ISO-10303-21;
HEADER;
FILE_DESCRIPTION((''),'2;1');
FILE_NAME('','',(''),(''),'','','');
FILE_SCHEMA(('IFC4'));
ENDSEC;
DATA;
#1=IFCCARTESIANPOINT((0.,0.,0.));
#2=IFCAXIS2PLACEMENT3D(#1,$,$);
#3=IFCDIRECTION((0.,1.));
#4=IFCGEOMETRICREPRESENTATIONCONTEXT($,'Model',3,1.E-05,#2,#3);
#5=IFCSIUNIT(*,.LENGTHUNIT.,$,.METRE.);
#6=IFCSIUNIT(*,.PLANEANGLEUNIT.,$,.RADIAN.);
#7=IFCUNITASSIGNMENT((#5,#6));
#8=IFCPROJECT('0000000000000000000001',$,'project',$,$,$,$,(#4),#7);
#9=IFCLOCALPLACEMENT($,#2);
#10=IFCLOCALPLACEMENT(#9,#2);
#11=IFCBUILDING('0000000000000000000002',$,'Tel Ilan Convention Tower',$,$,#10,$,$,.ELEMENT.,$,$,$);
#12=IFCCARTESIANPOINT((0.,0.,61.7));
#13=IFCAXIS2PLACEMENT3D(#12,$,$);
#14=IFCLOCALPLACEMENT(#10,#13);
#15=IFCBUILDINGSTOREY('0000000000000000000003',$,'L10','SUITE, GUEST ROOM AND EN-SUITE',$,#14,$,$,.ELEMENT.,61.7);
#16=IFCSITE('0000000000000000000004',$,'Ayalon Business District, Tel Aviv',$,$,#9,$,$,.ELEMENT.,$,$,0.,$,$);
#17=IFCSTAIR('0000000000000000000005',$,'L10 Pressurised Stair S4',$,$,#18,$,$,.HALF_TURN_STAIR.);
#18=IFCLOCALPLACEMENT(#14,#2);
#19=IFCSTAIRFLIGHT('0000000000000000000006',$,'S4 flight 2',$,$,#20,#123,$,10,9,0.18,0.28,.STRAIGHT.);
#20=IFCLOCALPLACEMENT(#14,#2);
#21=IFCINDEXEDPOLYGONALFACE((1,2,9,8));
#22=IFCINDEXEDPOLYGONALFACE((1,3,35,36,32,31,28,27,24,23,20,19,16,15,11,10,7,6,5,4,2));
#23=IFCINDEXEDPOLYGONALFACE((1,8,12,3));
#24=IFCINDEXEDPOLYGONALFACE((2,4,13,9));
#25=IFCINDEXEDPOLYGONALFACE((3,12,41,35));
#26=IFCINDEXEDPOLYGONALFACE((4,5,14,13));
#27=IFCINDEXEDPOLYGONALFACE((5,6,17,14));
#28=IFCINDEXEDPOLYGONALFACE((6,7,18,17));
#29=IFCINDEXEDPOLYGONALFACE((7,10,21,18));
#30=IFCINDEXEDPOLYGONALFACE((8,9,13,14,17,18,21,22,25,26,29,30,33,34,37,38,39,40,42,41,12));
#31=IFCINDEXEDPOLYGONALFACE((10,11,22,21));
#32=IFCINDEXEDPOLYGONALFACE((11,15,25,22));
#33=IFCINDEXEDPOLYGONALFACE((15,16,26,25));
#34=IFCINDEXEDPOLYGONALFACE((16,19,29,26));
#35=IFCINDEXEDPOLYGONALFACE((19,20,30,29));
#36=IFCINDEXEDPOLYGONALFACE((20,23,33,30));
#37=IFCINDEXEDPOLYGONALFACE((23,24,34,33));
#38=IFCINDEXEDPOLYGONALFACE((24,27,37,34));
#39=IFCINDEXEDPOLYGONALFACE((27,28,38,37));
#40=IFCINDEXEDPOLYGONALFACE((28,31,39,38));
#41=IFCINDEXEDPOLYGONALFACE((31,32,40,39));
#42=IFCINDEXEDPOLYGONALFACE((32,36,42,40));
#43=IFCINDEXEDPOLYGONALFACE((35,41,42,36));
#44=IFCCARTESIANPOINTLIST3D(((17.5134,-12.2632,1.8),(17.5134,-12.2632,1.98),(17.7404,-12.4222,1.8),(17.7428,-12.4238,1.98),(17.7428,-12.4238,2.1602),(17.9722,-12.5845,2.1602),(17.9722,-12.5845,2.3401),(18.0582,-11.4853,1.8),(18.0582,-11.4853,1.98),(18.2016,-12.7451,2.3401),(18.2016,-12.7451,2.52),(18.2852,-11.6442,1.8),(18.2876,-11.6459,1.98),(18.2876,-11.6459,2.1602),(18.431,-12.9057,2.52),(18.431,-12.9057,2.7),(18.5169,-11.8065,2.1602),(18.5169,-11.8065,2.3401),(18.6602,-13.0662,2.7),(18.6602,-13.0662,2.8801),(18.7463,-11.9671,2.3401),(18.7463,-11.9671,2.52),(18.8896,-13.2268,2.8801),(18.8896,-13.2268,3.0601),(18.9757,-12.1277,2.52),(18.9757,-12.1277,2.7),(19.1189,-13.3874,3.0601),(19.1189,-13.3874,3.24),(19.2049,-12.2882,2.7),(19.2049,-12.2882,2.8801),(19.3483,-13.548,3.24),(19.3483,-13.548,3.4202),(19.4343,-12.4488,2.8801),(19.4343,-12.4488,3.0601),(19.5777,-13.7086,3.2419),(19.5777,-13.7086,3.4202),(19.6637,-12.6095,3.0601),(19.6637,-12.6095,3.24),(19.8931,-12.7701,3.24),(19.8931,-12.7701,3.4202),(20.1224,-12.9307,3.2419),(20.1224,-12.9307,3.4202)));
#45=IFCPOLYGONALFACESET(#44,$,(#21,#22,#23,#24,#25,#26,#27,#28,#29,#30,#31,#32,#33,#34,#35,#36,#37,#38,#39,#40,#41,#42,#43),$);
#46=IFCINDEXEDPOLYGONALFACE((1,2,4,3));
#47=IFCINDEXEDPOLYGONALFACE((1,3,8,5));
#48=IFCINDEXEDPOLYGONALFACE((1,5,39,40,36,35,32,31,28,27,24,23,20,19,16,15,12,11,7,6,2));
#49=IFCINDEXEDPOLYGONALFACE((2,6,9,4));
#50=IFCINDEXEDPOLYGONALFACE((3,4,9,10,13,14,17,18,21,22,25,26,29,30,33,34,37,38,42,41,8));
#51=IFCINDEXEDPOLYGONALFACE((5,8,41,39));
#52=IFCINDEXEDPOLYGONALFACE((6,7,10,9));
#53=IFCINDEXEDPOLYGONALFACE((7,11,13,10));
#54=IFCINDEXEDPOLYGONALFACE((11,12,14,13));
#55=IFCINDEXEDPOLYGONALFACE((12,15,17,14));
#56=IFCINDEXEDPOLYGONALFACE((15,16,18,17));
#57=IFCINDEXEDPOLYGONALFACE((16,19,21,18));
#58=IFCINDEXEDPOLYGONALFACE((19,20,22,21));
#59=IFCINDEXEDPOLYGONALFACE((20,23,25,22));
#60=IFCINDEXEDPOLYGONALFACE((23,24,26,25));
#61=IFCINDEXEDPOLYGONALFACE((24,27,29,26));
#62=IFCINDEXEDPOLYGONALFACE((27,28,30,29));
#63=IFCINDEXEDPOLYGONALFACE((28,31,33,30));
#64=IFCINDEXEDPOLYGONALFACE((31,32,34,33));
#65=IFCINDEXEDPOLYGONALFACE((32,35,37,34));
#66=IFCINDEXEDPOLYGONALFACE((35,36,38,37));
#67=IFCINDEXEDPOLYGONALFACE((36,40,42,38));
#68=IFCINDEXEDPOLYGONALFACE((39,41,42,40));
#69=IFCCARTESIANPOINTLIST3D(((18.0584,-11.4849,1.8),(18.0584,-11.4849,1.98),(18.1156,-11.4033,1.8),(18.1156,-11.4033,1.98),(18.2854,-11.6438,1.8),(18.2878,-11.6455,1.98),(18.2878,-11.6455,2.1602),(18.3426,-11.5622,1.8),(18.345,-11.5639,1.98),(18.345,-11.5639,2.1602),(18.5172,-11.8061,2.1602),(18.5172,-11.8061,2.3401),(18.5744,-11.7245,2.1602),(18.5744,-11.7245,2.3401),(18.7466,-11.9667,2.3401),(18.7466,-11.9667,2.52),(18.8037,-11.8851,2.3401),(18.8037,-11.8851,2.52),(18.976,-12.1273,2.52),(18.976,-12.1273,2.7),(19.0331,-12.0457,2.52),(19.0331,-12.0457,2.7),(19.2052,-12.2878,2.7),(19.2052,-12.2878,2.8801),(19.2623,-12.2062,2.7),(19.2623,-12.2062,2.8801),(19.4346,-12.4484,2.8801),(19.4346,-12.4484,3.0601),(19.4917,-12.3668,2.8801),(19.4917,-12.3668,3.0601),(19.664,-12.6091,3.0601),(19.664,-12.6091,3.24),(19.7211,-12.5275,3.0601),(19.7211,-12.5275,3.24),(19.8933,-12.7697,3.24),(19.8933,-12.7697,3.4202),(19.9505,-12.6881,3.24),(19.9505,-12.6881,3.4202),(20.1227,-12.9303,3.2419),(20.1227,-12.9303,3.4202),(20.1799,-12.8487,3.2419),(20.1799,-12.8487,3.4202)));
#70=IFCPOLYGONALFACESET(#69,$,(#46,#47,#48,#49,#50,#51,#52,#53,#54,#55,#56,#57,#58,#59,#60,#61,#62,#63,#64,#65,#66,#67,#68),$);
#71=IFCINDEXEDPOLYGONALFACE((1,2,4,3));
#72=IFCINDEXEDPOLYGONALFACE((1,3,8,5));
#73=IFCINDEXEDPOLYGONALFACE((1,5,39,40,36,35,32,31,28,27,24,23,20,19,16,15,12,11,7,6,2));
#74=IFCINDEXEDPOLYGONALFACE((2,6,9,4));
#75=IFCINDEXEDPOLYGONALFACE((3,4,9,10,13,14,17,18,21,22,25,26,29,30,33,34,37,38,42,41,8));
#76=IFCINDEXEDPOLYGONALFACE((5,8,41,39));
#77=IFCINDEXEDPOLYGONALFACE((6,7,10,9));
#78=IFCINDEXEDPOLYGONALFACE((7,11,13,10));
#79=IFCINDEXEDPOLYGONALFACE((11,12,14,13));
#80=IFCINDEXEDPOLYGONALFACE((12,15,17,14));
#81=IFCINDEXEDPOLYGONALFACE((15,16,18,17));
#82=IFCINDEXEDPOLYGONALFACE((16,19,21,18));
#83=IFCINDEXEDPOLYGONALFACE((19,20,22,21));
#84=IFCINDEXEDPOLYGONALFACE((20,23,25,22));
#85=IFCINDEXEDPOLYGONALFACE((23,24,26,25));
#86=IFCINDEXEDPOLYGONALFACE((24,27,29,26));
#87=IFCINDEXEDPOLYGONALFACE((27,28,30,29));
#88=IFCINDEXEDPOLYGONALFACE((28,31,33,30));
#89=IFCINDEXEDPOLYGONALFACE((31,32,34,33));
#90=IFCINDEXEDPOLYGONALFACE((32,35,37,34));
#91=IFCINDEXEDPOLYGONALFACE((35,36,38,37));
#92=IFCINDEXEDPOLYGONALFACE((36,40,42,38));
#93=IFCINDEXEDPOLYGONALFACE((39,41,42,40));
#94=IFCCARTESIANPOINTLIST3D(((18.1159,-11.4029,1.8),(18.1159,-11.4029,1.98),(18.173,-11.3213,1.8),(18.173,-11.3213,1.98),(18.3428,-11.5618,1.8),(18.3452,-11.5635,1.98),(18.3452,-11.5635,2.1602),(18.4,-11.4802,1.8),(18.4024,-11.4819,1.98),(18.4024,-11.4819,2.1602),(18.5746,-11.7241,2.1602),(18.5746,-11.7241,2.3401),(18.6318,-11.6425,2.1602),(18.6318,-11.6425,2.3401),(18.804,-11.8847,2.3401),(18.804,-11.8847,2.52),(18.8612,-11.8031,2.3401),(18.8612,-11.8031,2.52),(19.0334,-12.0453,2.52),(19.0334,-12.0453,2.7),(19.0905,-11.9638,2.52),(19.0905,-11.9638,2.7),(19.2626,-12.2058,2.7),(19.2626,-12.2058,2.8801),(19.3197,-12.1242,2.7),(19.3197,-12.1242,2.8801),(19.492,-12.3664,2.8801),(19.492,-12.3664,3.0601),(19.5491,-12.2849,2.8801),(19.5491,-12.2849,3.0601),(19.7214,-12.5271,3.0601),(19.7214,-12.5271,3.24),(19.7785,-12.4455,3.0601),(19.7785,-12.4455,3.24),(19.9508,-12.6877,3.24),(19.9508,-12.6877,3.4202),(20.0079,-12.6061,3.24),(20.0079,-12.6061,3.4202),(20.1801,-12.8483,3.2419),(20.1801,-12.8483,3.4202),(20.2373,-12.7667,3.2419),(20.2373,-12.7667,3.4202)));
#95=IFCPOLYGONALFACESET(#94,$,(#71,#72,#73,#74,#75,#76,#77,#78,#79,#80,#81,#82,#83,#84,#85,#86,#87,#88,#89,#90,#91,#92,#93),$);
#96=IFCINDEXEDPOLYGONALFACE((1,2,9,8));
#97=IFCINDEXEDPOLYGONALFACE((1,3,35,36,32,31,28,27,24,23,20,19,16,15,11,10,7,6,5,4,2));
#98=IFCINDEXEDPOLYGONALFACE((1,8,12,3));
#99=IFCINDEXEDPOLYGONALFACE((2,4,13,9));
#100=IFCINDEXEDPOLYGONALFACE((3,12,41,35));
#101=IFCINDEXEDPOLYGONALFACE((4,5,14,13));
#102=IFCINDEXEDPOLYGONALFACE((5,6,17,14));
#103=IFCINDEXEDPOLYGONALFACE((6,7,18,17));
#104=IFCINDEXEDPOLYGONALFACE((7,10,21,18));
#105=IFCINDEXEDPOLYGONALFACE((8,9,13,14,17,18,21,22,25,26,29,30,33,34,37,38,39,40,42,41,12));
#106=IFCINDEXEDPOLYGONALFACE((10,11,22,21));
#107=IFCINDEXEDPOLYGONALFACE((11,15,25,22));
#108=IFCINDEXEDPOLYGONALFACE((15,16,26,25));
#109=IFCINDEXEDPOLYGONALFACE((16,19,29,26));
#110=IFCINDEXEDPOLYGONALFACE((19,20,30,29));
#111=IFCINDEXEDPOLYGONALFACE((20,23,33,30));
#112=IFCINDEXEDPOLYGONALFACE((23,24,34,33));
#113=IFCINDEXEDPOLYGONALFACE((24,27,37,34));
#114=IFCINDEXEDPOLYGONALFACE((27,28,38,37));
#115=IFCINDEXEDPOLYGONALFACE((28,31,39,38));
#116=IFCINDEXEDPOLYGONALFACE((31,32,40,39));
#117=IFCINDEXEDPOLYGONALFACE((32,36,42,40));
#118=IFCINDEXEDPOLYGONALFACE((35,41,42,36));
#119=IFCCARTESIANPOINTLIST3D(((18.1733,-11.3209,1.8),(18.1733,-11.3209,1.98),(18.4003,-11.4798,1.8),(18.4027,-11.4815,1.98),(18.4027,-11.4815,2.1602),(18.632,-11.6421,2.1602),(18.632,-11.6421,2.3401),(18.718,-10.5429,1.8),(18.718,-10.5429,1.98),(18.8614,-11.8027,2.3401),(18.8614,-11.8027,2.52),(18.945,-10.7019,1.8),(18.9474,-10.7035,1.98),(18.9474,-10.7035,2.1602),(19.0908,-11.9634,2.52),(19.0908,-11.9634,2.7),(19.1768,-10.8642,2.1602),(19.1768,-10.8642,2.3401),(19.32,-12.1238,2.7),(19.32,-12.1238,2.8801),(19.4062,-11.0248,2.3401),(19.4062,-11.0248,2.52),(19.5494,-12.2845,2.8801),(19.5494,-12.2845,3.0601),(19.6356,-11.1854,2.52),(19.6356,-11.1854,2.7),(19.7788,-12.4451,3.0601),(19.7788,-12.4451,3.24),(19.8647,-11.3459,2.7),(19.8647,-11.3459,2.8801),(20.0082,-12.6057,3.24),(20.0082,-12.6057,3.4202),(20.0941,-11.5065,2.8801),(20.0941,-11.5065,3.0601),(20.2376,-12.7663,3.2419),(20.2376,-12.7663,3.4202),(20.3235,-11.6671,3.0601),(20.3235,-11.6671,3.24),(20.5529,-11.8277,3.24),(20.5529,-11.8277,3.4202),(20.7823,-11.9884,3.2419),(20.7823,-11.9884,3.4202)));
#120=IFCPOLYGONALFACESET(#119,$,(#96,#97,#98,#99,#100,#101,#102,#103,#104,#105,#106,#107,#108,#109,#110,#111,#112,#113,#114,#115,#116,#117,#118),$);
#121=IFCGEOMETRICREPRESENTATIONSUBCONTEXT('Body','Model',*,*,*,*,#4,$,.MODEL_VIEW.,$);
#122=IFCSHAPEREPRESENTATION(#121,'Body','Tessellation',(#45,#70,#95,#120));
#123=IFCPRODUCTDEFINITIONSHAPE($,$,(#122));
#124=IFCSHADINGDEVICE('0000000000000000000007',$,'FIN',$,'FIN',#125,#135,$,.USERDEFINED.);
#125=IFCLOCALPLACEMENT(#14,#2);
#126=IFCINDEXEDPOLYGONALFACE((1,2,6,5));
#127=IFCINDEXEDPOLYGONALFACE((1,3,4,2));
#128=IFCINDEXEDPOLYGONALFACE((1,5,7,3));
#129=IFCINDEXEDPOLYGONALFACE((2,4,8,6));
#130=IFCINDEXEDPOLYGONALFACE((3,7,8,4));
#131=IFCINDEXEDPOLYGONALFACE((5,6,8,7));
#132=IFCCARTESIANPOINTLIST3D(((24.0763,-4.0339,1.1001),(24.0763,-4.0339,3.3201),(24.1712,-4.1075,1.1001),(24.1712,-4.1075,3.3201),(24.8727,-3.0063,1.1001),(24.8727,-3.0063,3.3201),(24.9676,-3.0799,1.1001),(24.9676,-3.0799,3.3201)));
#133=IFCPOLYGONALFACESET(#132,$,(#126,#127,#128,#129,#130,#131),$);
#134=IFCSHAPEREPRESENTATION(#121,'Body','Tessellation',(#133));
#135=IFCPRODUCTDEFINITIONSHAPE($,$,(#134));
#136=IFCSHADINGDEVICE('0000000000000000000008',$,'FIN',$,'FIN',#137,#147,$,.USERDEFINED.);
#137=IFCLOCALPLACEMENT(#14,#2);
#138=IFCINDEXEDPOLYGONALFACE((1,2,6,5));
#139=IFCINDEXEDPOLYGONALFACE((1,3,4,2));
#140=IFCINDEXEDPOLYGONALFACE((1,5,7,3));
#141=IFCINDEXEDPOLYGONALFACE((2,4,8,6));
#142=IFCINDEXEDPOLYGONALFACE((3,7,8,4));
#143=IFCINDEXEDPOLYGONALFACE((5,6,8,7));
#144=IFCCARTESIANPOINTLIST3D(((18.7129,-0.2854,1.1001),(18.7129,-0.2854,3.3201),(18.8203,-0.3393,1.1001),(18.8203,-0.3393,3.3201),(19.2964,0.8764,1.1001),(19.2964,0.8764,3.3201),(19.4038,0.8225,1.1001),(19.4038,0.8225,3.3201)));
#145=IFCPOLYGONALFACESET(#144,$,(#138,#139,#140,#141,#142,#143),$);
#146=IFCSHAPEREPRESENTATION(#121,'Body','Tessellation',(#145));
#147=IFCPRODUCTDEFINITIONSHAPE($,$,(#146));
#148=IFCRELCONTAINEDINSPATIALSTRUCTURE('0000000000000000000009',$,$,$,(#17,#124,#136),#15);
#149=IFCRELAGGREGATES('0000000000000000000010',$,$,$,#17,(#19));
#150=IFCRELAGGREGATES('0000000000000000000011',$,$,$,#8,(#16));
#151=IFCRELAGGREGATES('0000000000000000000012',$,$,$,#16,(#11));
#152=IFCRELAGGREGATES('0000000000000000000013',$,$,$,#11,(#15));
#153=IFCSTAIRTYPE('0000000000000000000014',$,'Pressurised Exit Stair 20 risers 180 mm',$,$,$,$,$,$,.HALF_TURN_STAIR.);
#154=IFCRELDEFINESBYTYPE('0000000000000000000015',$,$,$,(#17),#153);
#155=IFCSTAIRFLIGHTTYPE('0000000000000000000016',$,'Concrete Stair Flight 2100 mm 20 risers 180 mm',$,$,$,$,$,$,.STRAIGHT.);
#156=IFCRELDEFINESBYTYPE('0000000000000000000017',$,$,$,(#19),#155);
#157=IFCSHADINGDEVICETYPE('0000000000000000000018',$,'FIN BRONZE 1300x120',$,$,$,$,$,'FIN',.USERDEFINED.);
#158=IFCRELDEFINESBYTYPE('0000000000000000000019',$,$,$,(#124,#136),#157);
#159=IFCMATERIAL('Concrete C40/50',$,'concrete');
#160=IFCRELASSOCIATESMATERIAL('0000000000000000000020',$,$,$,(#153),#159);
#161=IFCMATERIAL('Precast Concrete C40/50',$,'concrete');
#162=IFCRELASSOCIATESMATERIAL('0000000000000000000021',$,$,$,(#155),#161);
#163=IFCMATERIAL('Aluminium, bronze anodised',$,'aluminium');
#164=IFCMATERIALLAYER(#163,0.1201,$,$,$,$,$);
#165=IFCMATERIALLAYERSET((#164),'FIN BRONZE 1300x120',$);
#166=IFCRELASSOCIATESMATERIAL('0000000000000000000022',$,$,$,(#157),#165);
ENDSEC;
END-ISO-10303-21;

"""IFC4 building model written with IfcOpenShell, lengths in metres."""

from ifc_helpers import new_model, si_unit, direction, frame, origin, origin_2d, place, context, subcontext, project, spatial, polyline, rectangle, outline, extrude, material, layer, layer_set, type_object, element, aggregate, save


model = new_model("IFC4")

# Units and contexts
model_context = context("Model", 3, precision=1e-05, world=origin(), true_north=direction((0.0, 1.0)))
body_context = subcontext(model_context, "Body", "Model", "MODEL_VIEW")
ifc_project = project(units=[si_unit("LENGTHUNIT", "METRE"), si_unit("PLANEANGLEUNIT", "RADIAN")], contexts=[model_context])

# Site, building, storey
site_placement = place(None, origin())
site = spatial("IfcSite", under=ifc_project, at=site_placement, Name="Ayalon Business District, Tel Aviv", CompositionType="ELEMENT", RefElevation=0.0)
building_placement = place(site_placement, origin())
building = spatial("IfcBuilding", under=site, at=building_placement, Name="Tel Ilan Convention Tower", CompositionType="ELEMENT")
storey_placement = place(building_placement, frame((0.0, 0.0, 61.7)))
storey = spatial("IfcBuildingStorey", under=building, at=storey_placement, Name="L10", Description="SUITE, GUEST ROOM AND EN-SUITE", CompositionType="ELEMENT", Elevation=61.7)

# Stair, stair flight
ifc_material_1 = material(Name="Concrete C40/50", Category="concrete")
stair_type = type_object("IfcStairType", Name="Pressurised Exit Stair 20 risers 180 mm", PredefinedType="HALF_TURN_STAIR", material=ifc_material_1)
ifc_material_2 = material(Name="Precast Concrete C40/50", Category="concrete")
stair_flight_type = type_object("IfcStairFlightType", Name="Concrete Stair Flight 2100 mm 20 risers 180 mm", PredefinedType="STRAIGHT", material=ifc_material_2)
stair_1_placement = place(storey_placement, origin())
stair_1 = element("IfcStair", 1, at=stair_1_placement, inside=storey, type_object=stair_type, Name="L10 Pressurised Stair S4", PredefinedType="HALF_TURN_STAIR")
stair_flight_1_placement = place(storey_placement, frame((18.1157, -11.4031, 1.8), z_axis=(0.0, 0.0, 1.0), x_axis=(0.819152, -0.573576, 0.0)))
stair_flight_1 = element("IfcStairFlight", 2, at=stair_flight_1_placement, type_object=stair_flight_type, Name="S4 flight 2", NumberOfRisers=10, NumberOfTreads=9, PredefinedType="STRAIGHT", RiserHeight=0.18, TreadLength=0.28, context=body_context, shape_type="SweptSolid", body=[
    extrude(outline(polyline([(0.0, 0.0), (0.0, 0.1799), (0.28, 0.1799), (0.28, 0.3601), (0.5601, 0.3601), (0.5601, 0.54), (0.8401, 0.54), (0.8401, 0.72), (1.1201, 0.72), (1.1201, 0.8999), (1.3999, 0.8999), (1.3999, 1.0801), (1.6799, 1.0801), (1.6799, 1.26), (1.96, 1.26), (1.96, 1.4399), (2.24, 1.4399), (2.24, 1.6201), (2.52, 1.6201), (2.52, 1.8), (2.52, 1.4419), (0.2771, 0.0), (0.0, 0.0)])), frame((0.0, -0.1003, 0.0), z_axis=(0.0, -1.0, 0.0), x_axis=(1.0, 0.0, 0.0)), (0.0, 0.0, 1.0), 0.9497),
    extrude(outline(polyline([(0.0, 0.0), (0.0, 0.1799), (0.28, 0.1799), (0.28, 0.3601), (0.5601, 0.3601), (0.5601, 0.54), (0.8401, 0.54), (0.8401, 0.72), (1.1201, 0.72), (1.1201, 0.8999), (1.3999, 0.8999), (1.3999, 1.0801), (1.6799, 1.0801), (1.6799, 1.26), (1.96, 1.26), (1.96, 1.4399), (2.24, 1.4399), (2.24, 1.6201), (2.52, 1.6201), (2.52, 1.8), (2.52, 1.4419), (0.2771, 0.0), (0.0, 0.0)])), frame((0.0, -0.0002, 0.0), z_axis=(0.0, -1.0, 0.0), x_axis=(1.0, 0.0, 0.0)), (0.0, 0.0, 1.0), 0.0996),
    extrude(outline(polyline([(0.0, 0.0), (0.0, 0.1799), (0.28, 0.1799), (0.28, 0.3601), (0.5601, 0.3601), (0.5601, 0.54), (0.8401, 0.54), (0.8401, 0.72), (1.1201, 0.72), (1.1201, 0.8999), (1.3999, 0.8999), (1.3999, 1.0801), (1.6799, 1.0801), (1.6799, 1.26), (1.96, 1.26), (1.96, 1.4399), (2.24, 1.4399), (2.24, 1.6201), (2.52, 1.6201), (2.52, 1.8), (2.52, 1.4419), (0.2771, 0.0), (0.0, 0.0)])), frame((0.0, 0.0999, 0.0), z_axis=(0.0, -1.0, 0.0), x_axis=(1.0, 0.0, 0.0)), (0.0, 0.0, 1.0), 0.0996),
    extrude(outline(polyline([(0.0, 0.0), (0.0, 0.1799), (0.28, 0.1799), (0.28, 0.3601), (0.5601, 0.3601), (0.5601, 0.54), (0.8401, 0.54), (0.8401, 0.72), (1.1201, 0.72), (1.1201, 0.8999), (1.3999, 0.8999), (1.3999, 1.0801), (1.6799, 1.0801), (1.6799, 1.26), (1.96, 1.26), (1.96, 1.4399), (2.24, 1.4399), (2.24, 1.6201), (2.52, 1.6201), (2.52, 1.8), (2.52, 1.4419), (0.2771, 0.0), (0.0, 0.0)])), frame((0.0, 1.05, 0.0), z_axis=(0.0, -1.0, 0.0), x_axis=(1.0, 0.0, 0.0)), (0.0, 0.0, 1.0), 0.9497),
])
aggregate(stair_1, [stair_flight_1])

# Shading devices
ifc_material_3 = material(Name="Aluminium, bronze anodised", Category="aluminium")
ifc_layer_1 = layer(ifc_material_3, 0.1201)
ifc_layer_set_1 = layer_set([ifc_layer_1], Name="FIN BRONZE 1300x120")
shading_device_type = type_object("IfcShadingDeviceType", Name="FIN BRONZE 1300x120", ElementType="FIN", PredefinedType="USERDEFINED", material=ifc_layer_set_1)
for number, where, z_axis, x_axis, name in (
    (3, (24.522, -3.5569, 1.1001), (0.0, 0.0, 1.0), (0.612601, 0.790393, 0.0), "FIN"),
    (4, (19.0583, 0.2686, 1.1001), (0.0, 0.0, 1.0), (0.448799, 0.893633, 0.0), "FIN"),
):
    element("IfcShadingDevice", number, at=place(storey_placement, frame(where, z_axis=z_axis, x_axis=x_axis)), inside=storey, type_object=shading_device_type, Name=name, ObjectType="FIN", PredefinedType="USERDEFINED", context=body_context, shape_type="SweptSolid", body=[
        extrude(rectangle(XDim=1.3, YDim=0.1201, at=origin_2d()), origin(), (0.0, 0.0, 1.0), 2.22),
    ])

save(model, "model.ifc")
